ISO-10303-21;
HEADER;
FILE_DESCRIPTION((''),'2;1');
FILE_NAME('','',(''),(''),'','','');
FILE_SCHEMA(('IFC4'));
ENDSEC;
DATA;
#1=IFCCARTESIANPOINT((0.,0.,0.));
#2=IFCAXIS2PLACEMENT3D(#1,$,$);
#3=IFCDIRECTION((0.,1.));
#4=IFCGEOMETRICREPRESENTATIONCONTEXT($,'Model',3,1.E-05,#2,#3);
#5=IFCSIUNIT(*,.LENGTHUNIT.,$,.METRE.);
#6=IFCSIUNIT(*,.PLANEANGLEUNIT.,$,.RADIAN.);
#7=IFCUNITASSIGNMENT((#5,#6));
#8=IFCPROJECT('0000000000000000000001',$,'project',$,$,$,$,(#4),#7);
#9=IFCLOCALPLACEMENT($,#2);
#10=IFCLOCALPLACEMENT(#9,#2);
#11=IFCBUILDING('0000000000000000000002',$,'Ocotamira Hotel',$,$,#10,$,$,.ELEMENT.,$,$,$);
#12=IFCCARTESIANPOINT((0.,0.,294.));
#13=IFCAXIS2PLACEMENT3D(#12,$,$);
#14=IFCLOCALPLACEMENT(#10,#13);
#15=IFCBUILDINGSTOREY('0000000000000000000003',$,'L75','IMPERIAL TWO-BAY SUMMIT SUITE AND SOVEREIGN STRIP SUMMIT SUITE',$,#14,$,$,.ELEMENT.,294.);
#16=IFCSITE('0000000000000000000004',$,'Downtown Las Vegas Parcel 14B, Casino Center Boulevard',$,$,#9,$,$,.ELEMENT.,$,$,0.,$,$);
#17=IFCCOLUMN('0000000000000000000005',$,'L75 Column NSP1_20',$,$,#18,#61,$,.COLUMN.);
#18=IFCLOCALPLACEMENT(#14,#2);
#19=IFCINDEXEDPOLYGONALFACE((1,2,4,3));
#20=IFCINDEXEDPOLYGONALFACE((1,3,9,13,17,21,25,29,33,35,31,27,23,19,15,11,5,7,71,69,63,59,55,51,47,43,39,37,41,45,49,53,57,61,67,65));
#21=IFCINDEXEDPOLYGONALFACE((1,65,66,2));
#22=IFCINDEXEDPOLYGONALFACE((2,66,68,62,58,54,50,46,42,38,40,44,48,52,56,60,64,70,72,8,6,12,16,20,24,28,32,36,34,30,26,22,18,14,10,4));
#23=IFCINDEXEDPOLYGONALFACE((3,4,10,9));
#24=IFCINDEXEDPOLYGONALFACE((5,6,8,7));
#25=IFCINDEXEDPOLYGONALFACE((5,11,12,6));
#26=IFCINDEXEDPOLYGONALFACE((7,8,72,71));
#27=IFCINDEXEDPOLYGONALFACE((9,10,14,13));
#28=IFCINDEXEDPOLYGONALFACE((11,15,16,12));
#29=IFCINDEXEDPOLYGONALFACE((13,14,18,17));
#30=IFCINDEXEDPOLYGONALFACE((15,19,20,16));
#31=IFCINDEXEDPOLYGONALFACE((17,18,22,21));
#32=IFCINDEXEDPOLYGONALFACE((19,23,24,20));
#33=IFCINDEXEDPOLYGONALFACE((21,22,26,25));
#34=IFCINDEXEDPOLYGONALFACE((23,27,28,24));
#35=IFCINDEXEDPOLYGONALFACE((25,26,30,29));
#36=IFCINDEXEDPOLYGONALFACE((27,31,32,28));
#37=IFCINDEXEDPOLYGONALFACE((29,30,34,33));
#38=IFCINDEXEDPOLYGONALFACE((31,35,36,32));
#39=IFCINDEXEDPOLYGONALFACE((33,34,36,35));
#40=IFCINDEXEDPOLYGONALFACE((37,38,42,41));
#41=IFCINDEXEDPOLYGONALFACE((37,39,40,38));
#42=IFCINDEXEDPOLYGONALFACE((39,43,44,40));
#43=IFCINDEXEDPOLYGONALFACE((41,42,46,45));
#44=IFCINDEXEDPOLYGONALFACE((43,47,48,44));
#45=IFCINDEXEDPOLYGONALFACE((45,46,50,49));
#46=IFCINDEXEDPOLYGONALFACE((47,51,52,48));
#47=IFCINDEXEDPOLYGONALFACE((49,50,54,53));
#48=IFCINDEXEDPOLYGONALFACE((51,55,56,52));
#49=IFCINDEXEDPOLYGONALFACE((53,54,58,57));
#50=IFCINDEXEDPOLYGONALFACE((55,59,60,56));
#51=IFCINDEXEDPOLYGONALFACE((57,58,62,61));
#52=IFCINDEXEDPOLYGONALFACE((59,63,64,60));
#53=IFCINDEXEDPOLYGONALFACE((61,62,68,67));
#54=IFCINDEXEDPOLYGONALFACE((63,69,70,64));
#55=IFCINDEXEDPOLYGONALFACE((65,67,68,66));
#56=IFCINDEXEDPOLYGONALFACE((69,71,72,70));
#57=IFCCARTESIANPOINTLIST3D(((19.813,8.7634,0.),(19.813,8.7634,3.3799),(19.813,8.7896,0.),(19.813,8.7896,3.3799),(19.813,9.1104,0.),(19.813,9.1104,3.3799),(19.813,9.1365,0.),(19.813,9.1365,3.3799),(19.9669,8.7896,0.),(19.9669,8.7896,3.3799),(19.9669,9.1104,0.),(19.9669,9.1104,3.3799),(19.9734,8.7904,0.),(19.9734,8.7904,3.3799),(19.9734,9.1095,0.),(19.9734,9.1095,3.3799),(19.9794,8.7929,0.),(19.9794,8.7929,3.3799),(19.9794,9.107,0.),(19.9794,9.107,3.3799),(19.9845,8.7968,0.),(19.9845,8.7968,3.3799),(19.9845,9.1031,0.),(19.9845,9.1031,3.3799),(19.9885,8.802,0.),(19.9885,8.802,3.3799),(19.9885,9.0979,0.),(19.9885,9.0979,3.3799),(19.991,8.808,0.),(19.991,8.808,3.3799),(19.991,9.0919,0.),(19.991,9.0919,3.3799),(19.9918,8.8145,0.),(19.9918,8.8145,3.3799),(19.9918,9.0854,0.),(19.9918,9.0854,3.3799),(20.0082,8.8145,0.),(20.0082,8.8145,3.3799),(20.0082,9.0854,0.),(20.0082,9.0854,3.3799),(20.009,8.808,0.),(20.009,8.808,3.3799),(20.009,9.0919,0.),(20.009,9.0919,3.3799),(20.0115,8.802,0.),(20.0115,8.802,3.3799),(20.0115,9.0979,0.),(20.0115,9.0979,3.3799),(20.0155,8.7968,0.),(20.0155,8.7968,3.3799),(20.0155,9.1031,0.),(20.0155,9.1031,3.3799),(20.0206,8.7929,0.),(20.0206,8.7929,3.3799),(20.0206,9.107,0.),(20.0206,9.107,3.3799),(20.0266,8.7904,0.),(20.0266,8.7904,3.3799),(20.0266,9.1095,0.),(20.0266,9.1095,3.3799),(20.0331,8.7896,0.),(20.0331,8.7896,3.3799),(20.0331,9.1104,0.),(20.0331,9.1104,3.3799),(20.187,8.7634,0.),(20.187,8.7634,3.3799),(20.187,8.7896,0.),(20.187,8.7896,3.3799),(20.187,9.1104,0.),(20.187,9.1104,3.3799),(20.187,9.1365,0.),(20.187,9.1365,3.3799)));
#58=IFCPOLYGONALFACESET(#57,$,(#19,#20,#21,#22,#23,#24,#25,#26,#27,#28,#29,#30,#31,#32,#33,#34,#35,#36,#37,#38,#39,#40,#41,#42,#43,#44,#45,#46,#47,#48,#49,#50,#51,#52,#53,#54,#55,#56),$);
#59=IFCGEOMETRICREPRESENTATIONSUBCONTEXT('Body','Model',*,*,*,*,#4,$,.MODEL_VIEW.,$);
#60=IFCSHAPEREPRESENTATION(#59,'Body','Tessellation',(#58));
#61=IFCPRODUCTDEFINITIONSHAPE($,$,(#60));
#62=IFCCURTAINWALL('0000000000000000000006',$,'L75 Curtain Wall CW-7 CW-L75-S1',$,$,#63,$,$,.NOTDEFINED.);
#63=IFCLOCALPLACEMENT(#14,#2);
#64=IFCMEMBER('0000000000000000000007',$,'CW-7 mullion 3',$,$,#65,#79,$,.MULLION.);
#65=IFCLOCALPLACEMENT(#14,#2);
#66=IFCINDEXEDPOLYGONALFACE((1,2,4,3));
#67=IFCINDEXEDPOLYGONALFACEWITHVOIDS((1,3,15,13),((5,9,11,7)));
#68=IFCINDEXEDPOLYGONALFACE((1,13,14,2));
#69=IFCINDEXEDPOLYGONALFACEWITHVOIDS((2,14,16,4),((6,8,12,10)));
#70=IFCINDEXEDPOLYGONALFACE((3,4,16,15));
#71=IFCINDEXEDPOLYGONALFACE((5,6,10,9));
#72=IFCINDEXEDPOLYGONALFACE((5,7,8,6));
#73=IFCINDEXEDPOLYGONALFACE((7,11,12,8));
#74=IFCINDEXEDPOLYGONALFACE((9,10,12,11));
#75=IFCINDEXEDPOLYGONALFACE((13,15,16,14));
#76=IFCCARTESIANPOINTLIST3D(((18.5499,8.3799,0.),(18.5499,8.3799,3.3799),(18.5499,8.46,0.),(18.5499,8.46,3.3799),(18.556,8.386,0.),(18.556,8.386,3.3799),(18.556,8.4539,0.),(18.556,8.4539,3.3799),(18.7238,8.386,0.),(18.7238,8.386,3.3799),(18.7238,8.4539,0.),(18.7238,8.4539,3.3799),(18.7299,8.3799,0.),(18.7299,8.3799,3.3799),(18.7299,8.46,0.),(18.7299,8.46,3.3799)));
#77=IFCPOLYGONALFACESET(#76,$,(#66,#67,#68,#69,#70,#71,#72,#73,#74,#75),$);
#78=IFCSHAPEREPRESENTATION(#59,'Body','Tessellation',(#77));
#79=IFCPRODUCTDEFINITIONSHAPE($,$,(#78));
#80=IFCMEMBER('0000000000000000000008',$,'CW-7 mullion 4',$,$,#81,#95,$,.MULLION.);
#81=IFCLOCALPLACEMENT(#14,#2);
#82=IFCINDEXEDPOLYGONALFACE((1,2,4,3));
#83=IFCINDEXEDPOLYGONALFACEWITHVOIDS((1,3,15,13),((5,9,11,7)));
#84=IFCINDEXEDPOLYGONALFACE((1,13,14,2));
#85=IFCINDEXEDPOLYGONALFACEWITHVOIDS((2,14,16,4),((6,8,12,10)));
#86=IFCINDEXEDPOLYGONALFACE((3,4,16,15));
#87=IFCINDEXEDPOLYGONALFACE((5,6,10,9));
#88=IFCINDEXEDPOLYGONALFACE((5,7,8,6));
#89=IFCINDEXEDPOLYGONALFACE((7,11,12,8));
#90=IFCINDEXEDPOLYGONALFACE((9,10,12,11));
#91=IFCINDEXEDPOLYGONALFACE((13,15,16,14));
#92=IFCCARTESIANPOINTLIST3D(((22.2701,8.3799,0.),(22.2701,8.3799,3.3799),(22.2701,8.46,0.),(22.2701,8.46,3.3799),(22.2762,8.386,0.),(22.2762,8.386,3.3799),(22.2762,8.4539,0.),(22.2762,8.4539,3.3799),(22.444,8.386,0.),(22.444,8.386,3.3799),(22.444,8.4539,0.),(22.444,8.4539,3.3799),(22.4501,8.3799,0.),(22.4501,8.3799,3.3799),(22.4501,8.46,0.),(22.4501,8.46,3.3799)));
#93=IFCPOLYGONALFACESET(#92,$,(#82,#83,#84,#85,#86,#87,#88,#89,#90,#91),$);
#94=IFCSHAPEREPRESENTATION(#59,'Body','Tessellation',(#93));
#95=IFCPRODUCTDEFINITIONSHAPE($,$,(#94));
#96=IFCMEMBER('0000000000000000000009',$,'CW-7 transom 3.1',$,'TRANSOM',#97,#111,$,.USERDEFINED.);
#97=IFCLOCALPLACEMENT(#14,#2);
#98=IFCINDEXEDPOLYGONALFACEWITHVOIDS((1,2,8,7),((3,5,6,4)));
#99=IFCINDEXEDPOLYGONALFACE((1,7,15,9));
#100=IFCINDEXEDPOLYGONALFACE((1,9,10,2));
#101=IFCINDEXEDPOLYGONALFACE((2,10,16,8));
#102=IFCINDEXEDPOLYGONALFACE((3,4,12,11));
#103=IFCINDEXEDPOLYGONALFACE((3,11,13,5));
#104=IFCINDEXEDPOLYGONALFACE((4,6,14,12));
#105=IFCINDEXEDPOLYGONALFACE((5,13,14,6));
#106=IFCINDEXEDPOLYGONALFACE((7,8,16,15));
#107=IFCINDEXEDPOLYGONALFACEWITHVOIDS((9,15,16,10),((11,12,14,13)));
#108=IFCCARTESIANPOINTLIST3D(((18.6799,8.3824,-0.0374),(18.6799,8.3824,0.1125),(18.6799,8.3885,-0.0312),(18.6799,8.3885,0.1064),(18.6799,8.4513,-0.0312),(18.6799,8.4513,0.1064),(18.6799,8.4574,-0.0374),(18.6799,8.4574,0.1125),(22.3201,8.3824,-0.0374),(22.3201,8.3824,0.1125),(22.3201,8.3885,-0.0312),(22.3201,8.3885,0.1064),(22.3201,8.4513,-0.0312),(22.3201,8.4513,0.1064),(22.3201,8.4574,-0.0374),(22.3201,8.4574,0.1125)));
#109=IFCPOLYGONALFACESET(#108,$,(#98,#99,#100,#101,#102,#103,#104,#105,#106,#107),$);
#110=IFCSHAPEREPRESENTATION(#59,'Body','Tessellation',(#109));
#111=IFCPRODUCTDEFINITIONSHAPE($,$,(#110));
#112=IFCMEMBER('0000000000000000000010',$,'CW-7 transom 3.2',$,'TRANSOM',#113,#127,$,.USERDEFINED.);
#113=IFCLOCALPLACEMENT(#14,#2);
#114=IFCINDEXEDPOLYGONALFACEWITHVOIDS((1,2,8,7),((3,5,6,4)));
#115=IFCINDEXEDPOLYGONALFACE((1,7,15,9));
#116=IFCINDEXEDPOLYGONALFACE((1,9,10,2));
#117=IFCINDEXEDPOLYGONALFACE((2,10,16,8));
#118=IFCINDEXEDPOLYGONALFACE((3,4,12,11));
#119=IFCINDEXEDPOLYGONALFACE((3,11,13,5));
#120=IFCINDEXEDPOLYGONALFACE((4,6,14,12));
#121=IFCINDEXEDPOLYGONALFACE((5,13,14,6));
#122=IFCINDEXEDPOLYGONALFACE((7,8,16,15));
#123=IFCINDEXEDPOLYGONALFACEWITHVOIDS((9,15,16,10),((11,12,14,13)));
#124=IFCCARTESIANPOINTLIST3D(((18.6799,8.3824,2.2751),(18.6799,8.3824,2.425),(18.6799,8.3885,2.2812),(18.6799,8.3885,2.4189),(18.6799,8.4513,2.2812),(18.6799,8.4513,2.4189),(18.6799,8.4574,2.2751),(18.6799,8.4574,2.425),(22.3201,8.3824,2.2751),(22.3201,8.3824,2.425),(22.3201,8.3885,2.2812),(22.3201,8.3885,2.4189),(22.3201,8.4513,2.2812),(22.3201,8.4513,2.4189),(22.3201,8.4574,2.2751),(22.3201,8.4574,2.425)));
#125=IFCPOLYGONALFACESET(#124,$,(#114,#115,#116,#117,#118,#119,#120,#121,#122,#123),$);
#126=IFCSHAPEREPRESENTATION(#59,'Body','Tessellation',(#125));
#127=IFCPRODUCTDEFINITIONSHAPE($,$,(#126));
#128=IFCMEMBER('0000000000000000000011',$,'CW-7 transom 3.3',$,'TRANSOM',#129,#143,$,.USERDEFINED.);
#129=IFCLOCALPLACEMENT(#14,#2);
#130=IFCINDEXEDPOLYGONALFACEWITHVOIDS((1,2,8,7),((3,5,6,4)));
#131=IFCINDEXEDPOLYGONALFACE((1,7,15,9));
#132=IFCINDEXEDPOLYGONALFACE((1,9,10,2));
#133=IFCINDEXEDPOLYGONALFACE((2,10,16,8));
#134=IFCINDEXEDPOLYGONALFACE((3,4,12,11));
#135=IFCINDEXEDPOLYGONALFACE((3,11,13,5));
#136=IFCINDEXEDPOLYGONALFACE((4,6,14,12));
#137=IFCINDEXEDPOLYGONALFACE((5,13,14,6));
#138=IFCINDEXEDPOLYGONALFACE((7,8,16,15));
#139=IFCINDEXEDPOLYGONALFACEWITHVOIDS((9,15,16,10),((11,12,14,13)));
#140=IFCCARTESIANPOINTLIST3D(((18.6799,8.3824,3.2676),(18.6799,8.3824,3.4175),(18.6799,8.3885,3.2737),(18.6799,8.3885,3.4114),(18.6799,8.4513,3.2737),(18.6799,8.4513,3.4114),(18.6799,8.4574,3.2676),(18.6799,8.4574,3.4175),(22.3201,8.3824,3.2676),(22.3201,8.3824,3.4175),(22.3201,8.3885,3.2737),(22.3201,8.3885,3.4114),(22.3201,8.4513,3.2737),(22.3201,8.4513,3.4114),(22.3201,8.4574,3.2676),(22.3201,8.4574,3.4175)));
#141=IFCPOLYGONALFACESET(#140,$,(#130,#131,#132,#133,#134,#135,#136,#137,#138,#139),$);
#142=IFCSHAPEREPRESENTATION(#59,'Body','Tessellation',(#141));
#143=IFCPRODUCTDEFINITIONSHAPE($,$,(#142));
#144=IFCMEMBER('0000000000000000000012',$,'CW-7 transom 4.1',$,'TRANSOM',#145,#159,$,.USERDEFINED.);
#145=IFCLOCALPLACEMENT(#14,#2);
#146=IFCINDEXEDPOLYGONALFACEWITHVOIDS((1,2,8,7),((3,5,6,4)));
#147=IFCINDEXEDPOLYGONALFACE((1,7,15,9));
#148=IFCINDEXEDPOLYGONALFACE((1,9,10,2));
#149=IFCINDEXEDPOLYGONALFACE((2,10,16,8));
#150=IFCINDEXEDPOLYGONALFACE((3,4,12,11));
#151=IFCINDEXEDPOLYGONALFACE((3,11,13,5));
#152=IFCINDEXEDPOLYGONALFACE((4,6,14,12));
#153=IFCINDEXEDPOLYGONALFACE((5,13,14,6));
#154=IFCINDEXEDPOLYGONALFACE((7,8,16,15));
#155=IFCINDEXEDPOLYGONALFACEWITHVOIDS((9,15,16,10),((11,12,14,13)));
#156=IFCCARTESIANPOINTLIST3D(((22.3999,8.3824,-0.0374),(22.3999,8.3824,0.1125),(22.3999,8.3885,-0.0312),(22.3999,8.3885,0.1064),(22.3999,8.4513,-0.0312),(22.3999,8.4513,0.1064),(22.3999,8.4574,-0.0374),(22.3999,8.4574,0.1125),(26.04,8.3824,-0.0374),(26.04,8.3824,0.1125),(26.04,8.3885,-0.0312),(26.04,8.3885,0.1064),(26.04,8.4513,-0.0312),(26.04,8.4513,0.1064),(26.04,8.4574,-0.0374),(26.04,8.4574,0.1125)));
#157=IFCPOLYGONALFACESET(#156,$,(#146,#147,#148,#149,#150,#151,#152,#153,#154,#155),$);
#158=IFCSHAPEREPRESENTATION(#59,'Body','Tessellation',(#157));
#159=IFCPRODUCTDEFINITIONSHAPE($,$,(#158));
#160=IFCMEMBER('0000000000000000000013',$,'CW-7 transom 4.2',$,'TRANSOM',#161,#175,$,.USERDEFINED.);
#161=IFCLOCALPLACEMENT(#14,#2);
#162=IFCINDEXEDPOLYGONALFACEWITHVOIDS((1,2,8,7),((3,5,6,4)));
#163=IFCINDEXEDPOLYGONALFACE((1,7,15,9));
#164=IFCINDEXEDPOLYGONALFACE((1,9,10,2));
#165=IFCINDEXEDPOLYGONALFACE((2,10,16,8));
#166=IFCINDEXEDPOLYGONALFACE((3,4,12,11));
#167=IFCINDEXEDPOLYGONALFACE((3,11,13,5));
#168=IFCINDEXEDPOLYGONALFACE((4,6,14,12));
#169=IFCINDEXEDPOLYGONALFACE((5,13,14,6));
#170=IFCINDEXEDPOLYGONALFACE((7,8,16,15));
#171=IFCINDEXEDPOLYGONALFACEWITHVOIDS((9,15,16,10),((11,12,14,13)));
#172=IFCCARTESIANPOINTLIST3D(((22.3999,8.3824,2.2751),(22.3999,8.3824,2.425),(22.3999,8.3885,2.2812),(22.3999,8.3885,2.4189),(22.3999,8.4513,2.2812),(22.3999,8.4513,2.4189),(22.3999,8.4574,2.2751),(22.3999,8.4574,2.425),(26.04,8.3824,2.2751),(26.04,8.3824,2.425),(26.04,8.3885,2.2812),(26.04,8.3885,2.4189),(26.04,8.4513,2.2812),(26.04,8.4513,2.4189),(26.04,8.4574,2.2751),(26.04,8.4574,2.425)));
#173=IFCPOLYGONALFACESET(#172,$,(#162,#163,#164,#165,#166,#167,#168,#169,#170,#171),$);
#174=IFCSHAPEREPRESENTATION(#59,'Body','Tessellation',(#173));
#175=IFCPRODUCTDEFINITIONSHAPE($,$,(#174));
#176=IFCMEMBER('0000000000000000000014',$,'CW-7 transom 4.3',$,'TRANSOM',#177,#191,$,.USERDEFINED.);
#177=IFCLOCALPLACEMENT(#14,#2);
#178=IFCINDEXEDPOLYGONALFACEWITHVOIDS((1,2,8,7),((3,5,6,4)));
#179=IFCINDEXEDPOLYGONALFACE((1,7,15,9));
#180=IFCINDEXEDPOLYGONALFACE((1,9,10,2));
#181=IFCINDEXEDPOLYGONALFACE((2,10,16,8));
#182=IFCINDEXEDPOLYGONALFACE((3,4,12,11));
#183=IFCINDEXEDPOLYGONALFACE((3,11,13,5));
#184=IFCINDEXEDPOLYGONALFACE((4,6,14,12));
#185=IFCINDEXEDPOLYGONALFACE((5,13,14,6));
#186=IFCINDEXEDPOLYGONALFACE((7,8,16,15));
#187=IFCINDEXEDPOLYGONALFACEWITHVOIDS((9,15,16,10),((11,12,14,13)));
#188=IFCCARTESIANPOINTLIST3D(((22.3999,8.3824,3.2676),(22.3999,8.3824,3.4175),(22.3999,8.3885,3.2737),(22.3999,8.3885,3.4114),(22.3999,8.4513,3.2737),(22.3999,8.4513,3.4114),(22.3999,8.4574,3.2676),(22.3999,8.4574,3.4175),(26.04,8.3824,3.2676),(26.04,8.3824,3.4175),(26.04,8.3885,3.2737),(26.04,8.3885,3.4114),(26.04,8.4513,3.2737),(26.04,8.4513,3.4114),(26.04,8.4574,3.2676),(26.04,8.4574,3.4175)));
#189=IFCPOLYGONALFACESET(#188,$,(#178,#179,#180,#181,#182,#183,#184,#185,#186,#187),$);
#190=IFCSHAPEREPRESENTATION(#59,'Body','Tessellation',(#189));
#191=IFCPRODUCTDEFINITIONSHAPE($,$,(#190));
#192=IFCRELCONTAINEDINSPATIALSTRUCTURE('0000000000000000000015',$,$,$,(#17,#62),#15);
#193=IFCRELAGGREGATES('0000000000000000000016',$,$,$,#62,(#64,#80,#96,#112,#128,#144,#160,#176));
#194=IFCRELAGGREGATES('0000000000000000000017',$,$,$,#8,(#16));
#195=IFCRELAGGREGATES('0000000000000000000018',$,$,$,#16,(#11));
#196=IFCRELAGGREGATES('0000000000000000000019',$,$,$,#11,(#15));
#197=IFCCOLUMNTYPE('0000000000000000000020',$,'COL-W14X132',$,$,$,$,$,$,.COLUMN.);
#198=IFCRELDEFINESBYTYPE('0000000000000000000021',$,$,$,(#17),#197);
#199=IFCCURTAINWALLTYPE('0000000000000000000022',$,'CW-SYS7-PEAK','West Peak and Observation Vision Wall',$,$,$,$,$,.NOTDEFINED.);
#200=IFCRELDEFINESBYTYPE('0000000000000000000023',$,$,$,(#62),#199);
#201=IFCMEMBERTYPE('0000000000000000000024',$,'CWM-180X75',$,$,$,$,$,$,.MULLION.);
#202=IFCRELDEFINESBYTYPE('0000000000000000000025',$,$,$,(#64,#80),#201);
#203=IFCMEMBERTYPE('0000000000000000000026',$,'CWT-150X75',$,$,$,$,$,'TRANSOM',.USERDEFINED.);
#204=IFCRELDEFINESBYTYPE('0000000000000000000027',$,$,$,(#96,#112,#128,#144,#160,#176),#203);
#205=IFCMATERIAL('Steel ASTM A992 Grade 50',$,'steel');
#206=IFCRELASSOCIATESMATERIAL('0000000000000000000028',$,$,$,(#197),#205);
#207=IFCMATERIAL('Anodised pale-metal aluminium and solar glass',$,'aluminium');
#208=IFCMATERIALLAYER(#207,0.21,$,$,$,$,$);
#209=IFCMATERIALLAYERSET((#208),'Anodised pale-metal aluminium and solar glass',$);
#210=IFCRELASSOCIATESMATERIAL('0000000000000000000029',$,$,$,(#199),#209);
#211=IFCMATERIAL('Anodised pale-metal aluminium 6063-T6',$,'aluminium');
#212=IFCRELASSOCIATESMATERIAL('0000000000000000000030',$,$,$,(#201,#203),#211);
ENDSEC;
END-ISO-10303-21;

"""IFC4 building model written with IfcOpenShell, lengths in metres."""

from ifc_helpers import new_model, si_unit, direction, frame, origin, origin_2d, place, context, subcontext, project, spatial, hollow_rectangle, i_section, extrude, source, transform, mapped, material, layer, layer_set, material_profile, profile_set, type_object, element, aggregate, save


model = new_model("IFC4")

# Units and contexts
model_context = context("Model", 3, precision=1e-05, world=origin(), true_north=direction((0.0, 1.0)))
body_context = subcontext(model_context, "Body", "Model", "MODEL_VIEW")
ifc_project = project(units=[si_unit("LENGTHUNIT", "METRE"), si_unit("PLANEANGLEUNIT", "RADIAN")], contexts=[model_context])

# Site, building, storey
site_placement = place(None, origin())
site = spatial("IfcSite", under=ifc_project, at=site_placement, Name="Downtown Las Vegas Parcel 14B, Casino Center Boulevard", CompositionType="ELEMENT", RefElevation=0.0)
building_placement = place(site_placement, origin())
building = spatial("IfcBuilding", under=site, at=building_placement, Name="Ocotamira Hotel", CompositionType="ELEMENT")
storey_placement = place(building_placement, frame((0.0, 0.0, 294.0)))
storey = spatial("IfcBuildingStorey", under=building, at=storey_placement, Name="L75", Description="IMPERIAL TWO-BAY SUMMIT SUITE AND SOVEREIGN STRIP SUMMIT SUITE", CompositionType="ELEMENT", Elevation=294.0)

# Column
ifc_material_1 = material(Name="Steel ASTM A992 Grade 50", Category="steel")
ifc_material_profile_1 = material_profile(ifc_material_1, i_section(OverallWidth=0.374, OverallDepth=0.373, WebThickness=0.0164, FlangeThickness=0.0261, FilletRadius=0.0249, at=origin_2d()), Name="W14X132")
ifc_profile_set_1 = profile_set([ifc_material_profile_1], Name="Steel ASTM A992 Grade 50")
column_type = type_object("IfcColumnType", Name="COL-W14X132", PredefinedType="COLUMN", material=ifc_profile_set_1)
shared_shape_1 = source(origin(), body_context, "Body", "SweptSolid", [
    extrude(i_section(OverallWidth=0.374, OverallDepth=0.373, WebThickness=0.0164, FlangeThickness=0.0261, FilletRadius=0.0249, at=origin_2d()), origin(), (0.0, 0.0, 1.0), 3.3799),
])
column_placement = place(storey_placement, frame((20.0, 8.95, 0.0), z_axis=(0.0, 0.0, 1.0), x_axis=(1.0, 0.0, 0.0)))
element("IfcColumn", 1, at=column_placement, inside=storey, type_object=column_type, Name="L75 Column NSP1_20", PredefinedType="COLUMN", context=body_context, shape_type="MappedRepresentation", body=[
    mapped(shared_shape_1, transform((0.0, 0.0, 0.0), scale=1.0)),
])

# Curtain wall, members
ifc_material_2 = material(Name="Anodised pale-metal aluminium and solar glass", Category="aluminium")
ifc_layer_1 = layer(ifc_material_2, 0.21)
ifc_layer_set_1 = layer_set([ifc_layer_1], Name="Anodised pale-metal aluminium and solar glass")
curtain_wall_type = type_object("IfcCurtainWallType", Name="CW-SYS7-PEAK", Description="West Peak and Observation Vision Wall", PredefinedType="NOTDEFINED", material=ifc_layer_set_1)
curtain_wall_placement = place(storey_placement, origin())
curtain_wall = element("IfcCurtainWall", 2, at=curtain_wall_placement, inside=storey, type_object=curtain_wall_type, Name="L75 Curtain Wall CW-7 CW-L75-S1", PredefinedType="NOTDEFINED")
ifc_material_3 = material(Name="Anodised pale-metal aluminium 6063-T6", Category="aluminium")
ifc_material_profile_2 = material_profile(ifc_material_3, hollow_rectangle(XDim=0.0801, YDim=0.1799, WallThickness=0.0061, at=origin_2d()), Name="HSS180X80X6")
ifc_profile_set_2 = profile_set([ifc_material_profile_2], Name="Anodised pale-metal aluminium 6063-T6")
member_type_1 = type_object("IfcMemberType", Name="CWM-180X75", PredefinedType="MULLION", material=ifc_profile_set_2)
shared_shape_2 = source(origin(), body_context, "Body", "SweptSolid", [
    extrude(hollow_rectangle(XDim=0.0801, YDim=0.1799, WallThickness=0.0061, at=origin_2d()), origin(), (0.0, 0.0, 1.0), 3.3799),
])
member_1_placement = place(storey_placement, frame((18.6399, 8.4199, 0.0), z_axis=(0.0, 0.0, 1.0), x_axis=(0.0, 1.0, 0.0)))
member_1 = element("IfcMember", 3, at=member_1_placement, type_object=member_type_1, Name="CW-7 mullion 3", PredefinedType="MULLION", context=body_context, shape_type="MappedRepresentation", body=[
    mapped(shared_shape_2, transform((0.0, 0.0, 0.0), scale=1.0)),
])
member_2_placement = place(storey_placement, frame((22.3601, 8.4199, 0.0), z_axis=(0.0, 0.0, 1.0), x_axis=(0.0, 1.0, 0.0)))
member_2 = element("IfcMember", 4, at=member_2_placement, type_object=member_type_1, Name="CW-7 mullion 4", PredefinedType="MULLION", context=body_context, shape_type="MappedRepresentation", body=[
    mapped(shared_shape_2, transform((0.0, 0.0, 0.0), scale=1.0)),
])
ifc_material_profile_3 = material_profile(ifc_material_3, hollow_rectangle(XDim=0.075, YDim=0.1499, WallThickness=0.0061, at=origin_2d()), Name="HSS150X75X6")
ifc_profile_set_3 = profile_set([ifc_material_profile_3], Name="Anodised pale-metal aluminium 6063-T6")
member_type_2 = type_object("IfcMemberType", Name="CWT-150X75", ElementType="TRANSOM", PredefinedType="USERDEFINED", material=ifc_profile_set_3)
shared_shape_3 = source(origin(), body_context, "Body", "SweptSolid", [
    extrude(hollow_rectangle(XDim=0.075, YDim=0.1499, WallThickness=0.0061, at=origin_2d()), origin(), (0.0, 0.0, 1.0), 3.6401),
])
member_3_placement = place(storey_placement, frame((18.6799, 8.4199, 0.0376), z_axis=(1.0, 0.0, 0.0), x_axis=(0.0, 1.0, 0.0)))
member_3 = element("IfcMember", 5, at=member_3_placement, type_object=member_type_2, Name="CW-7 transom 3.1", ObjectType="TRANSOM", PredefinedType="USERDEFINED", context=body_context, shape_type="MappedRepresentation", body=[
    mapped(shared_shape_3, transform((0.0, 0.0, 0.0), scale=1.0)),
])
member_4_placement = place(storey_placement, frame((18.6799, 8.4199, 2.3501), z_axis=(1.0, 0.0, 0.0), x_axis=(0.0, 1.0, 0.0)))
member_4 = element("IfcMember", 6, at=member_4_placement, type_object=member_type_2, Name="CW-7 transom 3.2", ObjectType="TRANSOM", PredefinedType="USERDEFINED", context=body_context, shape_type="MappedRepresentation", body=[
    mapped(shared_shape_3, transform((0.0, 0.0, 0.0), scale=1.0)),
])
member_5_placement = place(storey_placement, frame((18.6799, 8.4199, 3.3425), z_axis=(1.0, 0.0, 0.0), x_axis=(0.0, 1.0, 0.0)))
member_5 = element("IfcMember", 7, at=member_5_placement, type_object=member_type_2, Name="CW-7 transom 3.3", ObjectType="TRANSOM", PredefinedType="USERDEFINED", context=body_context, shape_type="MappedRepresentation", body=[
    mapped(shared_shape_3, transform((0.0, 0.0, 0.0), scale=1.0)),
])
member_6_placement = place(storey_placement, frame((22.3999, 8.4199, 0.0376), z_axis=(1.0, 0.0, 0.0), x_axis=(0.0, 1.0, 0.0)))
member_6 = element("IfcMember", 8, at=member_6_placement, type_object=member_type_2, Name="CW-7 transom 4.1", ObjectType="TRANSOM", PredefinedType="USERDEFINED", context=body_context, shape_type="MappedRepresentation", body=[
    mapped(shared_shape_3, transform((0.0, 0.0, 0.0), scale=1.0)),
])
member_7_placement = place(storey_placement, frame((22.3999, 8.4199, 2.3501), z_axis=(1.0, 0.0, 0.0), x_axis=(0.0, 1.0, 0.0)))
member_7 = element("IfcMember", 9, at=member_7_placement, type_object=member_type_2, Name="CW-7 transom 4.2", ObjectType="TRANSOM", PredefinedType="USERDEFINED", context=body_context, shape_type="MappedRepresentation", body=[
    mapped(shared_shape_3, transform((0.0, 0.0, 0.0), scale=1.0)),
])
member_8_placement = place(storey_placement, frame((22.3999, 8.4199, 3.3425), z_axis=(1.0, 0.0, 0.0), x_axis=(0.0, 1.0, 0.0)))
member_8 = element("IfcMember", 10, at=member_8_placement, type_object=member_type_2, Name="CW-7 transom 4.3", ObjectType="TRANSOM", PredefinedType="USERDEFINED", context=body_context, shape_type="MappedRepresentation", body=[
    mapped(shared_shape_3, transform((0.0, 0.0, 0.0), scale=1.0)),
])
aggregate(curtain_wall, [member_1, member_2, member_3, member_4, member_5, member_6, member_7, member_8])

save(model, "model.ifc")
